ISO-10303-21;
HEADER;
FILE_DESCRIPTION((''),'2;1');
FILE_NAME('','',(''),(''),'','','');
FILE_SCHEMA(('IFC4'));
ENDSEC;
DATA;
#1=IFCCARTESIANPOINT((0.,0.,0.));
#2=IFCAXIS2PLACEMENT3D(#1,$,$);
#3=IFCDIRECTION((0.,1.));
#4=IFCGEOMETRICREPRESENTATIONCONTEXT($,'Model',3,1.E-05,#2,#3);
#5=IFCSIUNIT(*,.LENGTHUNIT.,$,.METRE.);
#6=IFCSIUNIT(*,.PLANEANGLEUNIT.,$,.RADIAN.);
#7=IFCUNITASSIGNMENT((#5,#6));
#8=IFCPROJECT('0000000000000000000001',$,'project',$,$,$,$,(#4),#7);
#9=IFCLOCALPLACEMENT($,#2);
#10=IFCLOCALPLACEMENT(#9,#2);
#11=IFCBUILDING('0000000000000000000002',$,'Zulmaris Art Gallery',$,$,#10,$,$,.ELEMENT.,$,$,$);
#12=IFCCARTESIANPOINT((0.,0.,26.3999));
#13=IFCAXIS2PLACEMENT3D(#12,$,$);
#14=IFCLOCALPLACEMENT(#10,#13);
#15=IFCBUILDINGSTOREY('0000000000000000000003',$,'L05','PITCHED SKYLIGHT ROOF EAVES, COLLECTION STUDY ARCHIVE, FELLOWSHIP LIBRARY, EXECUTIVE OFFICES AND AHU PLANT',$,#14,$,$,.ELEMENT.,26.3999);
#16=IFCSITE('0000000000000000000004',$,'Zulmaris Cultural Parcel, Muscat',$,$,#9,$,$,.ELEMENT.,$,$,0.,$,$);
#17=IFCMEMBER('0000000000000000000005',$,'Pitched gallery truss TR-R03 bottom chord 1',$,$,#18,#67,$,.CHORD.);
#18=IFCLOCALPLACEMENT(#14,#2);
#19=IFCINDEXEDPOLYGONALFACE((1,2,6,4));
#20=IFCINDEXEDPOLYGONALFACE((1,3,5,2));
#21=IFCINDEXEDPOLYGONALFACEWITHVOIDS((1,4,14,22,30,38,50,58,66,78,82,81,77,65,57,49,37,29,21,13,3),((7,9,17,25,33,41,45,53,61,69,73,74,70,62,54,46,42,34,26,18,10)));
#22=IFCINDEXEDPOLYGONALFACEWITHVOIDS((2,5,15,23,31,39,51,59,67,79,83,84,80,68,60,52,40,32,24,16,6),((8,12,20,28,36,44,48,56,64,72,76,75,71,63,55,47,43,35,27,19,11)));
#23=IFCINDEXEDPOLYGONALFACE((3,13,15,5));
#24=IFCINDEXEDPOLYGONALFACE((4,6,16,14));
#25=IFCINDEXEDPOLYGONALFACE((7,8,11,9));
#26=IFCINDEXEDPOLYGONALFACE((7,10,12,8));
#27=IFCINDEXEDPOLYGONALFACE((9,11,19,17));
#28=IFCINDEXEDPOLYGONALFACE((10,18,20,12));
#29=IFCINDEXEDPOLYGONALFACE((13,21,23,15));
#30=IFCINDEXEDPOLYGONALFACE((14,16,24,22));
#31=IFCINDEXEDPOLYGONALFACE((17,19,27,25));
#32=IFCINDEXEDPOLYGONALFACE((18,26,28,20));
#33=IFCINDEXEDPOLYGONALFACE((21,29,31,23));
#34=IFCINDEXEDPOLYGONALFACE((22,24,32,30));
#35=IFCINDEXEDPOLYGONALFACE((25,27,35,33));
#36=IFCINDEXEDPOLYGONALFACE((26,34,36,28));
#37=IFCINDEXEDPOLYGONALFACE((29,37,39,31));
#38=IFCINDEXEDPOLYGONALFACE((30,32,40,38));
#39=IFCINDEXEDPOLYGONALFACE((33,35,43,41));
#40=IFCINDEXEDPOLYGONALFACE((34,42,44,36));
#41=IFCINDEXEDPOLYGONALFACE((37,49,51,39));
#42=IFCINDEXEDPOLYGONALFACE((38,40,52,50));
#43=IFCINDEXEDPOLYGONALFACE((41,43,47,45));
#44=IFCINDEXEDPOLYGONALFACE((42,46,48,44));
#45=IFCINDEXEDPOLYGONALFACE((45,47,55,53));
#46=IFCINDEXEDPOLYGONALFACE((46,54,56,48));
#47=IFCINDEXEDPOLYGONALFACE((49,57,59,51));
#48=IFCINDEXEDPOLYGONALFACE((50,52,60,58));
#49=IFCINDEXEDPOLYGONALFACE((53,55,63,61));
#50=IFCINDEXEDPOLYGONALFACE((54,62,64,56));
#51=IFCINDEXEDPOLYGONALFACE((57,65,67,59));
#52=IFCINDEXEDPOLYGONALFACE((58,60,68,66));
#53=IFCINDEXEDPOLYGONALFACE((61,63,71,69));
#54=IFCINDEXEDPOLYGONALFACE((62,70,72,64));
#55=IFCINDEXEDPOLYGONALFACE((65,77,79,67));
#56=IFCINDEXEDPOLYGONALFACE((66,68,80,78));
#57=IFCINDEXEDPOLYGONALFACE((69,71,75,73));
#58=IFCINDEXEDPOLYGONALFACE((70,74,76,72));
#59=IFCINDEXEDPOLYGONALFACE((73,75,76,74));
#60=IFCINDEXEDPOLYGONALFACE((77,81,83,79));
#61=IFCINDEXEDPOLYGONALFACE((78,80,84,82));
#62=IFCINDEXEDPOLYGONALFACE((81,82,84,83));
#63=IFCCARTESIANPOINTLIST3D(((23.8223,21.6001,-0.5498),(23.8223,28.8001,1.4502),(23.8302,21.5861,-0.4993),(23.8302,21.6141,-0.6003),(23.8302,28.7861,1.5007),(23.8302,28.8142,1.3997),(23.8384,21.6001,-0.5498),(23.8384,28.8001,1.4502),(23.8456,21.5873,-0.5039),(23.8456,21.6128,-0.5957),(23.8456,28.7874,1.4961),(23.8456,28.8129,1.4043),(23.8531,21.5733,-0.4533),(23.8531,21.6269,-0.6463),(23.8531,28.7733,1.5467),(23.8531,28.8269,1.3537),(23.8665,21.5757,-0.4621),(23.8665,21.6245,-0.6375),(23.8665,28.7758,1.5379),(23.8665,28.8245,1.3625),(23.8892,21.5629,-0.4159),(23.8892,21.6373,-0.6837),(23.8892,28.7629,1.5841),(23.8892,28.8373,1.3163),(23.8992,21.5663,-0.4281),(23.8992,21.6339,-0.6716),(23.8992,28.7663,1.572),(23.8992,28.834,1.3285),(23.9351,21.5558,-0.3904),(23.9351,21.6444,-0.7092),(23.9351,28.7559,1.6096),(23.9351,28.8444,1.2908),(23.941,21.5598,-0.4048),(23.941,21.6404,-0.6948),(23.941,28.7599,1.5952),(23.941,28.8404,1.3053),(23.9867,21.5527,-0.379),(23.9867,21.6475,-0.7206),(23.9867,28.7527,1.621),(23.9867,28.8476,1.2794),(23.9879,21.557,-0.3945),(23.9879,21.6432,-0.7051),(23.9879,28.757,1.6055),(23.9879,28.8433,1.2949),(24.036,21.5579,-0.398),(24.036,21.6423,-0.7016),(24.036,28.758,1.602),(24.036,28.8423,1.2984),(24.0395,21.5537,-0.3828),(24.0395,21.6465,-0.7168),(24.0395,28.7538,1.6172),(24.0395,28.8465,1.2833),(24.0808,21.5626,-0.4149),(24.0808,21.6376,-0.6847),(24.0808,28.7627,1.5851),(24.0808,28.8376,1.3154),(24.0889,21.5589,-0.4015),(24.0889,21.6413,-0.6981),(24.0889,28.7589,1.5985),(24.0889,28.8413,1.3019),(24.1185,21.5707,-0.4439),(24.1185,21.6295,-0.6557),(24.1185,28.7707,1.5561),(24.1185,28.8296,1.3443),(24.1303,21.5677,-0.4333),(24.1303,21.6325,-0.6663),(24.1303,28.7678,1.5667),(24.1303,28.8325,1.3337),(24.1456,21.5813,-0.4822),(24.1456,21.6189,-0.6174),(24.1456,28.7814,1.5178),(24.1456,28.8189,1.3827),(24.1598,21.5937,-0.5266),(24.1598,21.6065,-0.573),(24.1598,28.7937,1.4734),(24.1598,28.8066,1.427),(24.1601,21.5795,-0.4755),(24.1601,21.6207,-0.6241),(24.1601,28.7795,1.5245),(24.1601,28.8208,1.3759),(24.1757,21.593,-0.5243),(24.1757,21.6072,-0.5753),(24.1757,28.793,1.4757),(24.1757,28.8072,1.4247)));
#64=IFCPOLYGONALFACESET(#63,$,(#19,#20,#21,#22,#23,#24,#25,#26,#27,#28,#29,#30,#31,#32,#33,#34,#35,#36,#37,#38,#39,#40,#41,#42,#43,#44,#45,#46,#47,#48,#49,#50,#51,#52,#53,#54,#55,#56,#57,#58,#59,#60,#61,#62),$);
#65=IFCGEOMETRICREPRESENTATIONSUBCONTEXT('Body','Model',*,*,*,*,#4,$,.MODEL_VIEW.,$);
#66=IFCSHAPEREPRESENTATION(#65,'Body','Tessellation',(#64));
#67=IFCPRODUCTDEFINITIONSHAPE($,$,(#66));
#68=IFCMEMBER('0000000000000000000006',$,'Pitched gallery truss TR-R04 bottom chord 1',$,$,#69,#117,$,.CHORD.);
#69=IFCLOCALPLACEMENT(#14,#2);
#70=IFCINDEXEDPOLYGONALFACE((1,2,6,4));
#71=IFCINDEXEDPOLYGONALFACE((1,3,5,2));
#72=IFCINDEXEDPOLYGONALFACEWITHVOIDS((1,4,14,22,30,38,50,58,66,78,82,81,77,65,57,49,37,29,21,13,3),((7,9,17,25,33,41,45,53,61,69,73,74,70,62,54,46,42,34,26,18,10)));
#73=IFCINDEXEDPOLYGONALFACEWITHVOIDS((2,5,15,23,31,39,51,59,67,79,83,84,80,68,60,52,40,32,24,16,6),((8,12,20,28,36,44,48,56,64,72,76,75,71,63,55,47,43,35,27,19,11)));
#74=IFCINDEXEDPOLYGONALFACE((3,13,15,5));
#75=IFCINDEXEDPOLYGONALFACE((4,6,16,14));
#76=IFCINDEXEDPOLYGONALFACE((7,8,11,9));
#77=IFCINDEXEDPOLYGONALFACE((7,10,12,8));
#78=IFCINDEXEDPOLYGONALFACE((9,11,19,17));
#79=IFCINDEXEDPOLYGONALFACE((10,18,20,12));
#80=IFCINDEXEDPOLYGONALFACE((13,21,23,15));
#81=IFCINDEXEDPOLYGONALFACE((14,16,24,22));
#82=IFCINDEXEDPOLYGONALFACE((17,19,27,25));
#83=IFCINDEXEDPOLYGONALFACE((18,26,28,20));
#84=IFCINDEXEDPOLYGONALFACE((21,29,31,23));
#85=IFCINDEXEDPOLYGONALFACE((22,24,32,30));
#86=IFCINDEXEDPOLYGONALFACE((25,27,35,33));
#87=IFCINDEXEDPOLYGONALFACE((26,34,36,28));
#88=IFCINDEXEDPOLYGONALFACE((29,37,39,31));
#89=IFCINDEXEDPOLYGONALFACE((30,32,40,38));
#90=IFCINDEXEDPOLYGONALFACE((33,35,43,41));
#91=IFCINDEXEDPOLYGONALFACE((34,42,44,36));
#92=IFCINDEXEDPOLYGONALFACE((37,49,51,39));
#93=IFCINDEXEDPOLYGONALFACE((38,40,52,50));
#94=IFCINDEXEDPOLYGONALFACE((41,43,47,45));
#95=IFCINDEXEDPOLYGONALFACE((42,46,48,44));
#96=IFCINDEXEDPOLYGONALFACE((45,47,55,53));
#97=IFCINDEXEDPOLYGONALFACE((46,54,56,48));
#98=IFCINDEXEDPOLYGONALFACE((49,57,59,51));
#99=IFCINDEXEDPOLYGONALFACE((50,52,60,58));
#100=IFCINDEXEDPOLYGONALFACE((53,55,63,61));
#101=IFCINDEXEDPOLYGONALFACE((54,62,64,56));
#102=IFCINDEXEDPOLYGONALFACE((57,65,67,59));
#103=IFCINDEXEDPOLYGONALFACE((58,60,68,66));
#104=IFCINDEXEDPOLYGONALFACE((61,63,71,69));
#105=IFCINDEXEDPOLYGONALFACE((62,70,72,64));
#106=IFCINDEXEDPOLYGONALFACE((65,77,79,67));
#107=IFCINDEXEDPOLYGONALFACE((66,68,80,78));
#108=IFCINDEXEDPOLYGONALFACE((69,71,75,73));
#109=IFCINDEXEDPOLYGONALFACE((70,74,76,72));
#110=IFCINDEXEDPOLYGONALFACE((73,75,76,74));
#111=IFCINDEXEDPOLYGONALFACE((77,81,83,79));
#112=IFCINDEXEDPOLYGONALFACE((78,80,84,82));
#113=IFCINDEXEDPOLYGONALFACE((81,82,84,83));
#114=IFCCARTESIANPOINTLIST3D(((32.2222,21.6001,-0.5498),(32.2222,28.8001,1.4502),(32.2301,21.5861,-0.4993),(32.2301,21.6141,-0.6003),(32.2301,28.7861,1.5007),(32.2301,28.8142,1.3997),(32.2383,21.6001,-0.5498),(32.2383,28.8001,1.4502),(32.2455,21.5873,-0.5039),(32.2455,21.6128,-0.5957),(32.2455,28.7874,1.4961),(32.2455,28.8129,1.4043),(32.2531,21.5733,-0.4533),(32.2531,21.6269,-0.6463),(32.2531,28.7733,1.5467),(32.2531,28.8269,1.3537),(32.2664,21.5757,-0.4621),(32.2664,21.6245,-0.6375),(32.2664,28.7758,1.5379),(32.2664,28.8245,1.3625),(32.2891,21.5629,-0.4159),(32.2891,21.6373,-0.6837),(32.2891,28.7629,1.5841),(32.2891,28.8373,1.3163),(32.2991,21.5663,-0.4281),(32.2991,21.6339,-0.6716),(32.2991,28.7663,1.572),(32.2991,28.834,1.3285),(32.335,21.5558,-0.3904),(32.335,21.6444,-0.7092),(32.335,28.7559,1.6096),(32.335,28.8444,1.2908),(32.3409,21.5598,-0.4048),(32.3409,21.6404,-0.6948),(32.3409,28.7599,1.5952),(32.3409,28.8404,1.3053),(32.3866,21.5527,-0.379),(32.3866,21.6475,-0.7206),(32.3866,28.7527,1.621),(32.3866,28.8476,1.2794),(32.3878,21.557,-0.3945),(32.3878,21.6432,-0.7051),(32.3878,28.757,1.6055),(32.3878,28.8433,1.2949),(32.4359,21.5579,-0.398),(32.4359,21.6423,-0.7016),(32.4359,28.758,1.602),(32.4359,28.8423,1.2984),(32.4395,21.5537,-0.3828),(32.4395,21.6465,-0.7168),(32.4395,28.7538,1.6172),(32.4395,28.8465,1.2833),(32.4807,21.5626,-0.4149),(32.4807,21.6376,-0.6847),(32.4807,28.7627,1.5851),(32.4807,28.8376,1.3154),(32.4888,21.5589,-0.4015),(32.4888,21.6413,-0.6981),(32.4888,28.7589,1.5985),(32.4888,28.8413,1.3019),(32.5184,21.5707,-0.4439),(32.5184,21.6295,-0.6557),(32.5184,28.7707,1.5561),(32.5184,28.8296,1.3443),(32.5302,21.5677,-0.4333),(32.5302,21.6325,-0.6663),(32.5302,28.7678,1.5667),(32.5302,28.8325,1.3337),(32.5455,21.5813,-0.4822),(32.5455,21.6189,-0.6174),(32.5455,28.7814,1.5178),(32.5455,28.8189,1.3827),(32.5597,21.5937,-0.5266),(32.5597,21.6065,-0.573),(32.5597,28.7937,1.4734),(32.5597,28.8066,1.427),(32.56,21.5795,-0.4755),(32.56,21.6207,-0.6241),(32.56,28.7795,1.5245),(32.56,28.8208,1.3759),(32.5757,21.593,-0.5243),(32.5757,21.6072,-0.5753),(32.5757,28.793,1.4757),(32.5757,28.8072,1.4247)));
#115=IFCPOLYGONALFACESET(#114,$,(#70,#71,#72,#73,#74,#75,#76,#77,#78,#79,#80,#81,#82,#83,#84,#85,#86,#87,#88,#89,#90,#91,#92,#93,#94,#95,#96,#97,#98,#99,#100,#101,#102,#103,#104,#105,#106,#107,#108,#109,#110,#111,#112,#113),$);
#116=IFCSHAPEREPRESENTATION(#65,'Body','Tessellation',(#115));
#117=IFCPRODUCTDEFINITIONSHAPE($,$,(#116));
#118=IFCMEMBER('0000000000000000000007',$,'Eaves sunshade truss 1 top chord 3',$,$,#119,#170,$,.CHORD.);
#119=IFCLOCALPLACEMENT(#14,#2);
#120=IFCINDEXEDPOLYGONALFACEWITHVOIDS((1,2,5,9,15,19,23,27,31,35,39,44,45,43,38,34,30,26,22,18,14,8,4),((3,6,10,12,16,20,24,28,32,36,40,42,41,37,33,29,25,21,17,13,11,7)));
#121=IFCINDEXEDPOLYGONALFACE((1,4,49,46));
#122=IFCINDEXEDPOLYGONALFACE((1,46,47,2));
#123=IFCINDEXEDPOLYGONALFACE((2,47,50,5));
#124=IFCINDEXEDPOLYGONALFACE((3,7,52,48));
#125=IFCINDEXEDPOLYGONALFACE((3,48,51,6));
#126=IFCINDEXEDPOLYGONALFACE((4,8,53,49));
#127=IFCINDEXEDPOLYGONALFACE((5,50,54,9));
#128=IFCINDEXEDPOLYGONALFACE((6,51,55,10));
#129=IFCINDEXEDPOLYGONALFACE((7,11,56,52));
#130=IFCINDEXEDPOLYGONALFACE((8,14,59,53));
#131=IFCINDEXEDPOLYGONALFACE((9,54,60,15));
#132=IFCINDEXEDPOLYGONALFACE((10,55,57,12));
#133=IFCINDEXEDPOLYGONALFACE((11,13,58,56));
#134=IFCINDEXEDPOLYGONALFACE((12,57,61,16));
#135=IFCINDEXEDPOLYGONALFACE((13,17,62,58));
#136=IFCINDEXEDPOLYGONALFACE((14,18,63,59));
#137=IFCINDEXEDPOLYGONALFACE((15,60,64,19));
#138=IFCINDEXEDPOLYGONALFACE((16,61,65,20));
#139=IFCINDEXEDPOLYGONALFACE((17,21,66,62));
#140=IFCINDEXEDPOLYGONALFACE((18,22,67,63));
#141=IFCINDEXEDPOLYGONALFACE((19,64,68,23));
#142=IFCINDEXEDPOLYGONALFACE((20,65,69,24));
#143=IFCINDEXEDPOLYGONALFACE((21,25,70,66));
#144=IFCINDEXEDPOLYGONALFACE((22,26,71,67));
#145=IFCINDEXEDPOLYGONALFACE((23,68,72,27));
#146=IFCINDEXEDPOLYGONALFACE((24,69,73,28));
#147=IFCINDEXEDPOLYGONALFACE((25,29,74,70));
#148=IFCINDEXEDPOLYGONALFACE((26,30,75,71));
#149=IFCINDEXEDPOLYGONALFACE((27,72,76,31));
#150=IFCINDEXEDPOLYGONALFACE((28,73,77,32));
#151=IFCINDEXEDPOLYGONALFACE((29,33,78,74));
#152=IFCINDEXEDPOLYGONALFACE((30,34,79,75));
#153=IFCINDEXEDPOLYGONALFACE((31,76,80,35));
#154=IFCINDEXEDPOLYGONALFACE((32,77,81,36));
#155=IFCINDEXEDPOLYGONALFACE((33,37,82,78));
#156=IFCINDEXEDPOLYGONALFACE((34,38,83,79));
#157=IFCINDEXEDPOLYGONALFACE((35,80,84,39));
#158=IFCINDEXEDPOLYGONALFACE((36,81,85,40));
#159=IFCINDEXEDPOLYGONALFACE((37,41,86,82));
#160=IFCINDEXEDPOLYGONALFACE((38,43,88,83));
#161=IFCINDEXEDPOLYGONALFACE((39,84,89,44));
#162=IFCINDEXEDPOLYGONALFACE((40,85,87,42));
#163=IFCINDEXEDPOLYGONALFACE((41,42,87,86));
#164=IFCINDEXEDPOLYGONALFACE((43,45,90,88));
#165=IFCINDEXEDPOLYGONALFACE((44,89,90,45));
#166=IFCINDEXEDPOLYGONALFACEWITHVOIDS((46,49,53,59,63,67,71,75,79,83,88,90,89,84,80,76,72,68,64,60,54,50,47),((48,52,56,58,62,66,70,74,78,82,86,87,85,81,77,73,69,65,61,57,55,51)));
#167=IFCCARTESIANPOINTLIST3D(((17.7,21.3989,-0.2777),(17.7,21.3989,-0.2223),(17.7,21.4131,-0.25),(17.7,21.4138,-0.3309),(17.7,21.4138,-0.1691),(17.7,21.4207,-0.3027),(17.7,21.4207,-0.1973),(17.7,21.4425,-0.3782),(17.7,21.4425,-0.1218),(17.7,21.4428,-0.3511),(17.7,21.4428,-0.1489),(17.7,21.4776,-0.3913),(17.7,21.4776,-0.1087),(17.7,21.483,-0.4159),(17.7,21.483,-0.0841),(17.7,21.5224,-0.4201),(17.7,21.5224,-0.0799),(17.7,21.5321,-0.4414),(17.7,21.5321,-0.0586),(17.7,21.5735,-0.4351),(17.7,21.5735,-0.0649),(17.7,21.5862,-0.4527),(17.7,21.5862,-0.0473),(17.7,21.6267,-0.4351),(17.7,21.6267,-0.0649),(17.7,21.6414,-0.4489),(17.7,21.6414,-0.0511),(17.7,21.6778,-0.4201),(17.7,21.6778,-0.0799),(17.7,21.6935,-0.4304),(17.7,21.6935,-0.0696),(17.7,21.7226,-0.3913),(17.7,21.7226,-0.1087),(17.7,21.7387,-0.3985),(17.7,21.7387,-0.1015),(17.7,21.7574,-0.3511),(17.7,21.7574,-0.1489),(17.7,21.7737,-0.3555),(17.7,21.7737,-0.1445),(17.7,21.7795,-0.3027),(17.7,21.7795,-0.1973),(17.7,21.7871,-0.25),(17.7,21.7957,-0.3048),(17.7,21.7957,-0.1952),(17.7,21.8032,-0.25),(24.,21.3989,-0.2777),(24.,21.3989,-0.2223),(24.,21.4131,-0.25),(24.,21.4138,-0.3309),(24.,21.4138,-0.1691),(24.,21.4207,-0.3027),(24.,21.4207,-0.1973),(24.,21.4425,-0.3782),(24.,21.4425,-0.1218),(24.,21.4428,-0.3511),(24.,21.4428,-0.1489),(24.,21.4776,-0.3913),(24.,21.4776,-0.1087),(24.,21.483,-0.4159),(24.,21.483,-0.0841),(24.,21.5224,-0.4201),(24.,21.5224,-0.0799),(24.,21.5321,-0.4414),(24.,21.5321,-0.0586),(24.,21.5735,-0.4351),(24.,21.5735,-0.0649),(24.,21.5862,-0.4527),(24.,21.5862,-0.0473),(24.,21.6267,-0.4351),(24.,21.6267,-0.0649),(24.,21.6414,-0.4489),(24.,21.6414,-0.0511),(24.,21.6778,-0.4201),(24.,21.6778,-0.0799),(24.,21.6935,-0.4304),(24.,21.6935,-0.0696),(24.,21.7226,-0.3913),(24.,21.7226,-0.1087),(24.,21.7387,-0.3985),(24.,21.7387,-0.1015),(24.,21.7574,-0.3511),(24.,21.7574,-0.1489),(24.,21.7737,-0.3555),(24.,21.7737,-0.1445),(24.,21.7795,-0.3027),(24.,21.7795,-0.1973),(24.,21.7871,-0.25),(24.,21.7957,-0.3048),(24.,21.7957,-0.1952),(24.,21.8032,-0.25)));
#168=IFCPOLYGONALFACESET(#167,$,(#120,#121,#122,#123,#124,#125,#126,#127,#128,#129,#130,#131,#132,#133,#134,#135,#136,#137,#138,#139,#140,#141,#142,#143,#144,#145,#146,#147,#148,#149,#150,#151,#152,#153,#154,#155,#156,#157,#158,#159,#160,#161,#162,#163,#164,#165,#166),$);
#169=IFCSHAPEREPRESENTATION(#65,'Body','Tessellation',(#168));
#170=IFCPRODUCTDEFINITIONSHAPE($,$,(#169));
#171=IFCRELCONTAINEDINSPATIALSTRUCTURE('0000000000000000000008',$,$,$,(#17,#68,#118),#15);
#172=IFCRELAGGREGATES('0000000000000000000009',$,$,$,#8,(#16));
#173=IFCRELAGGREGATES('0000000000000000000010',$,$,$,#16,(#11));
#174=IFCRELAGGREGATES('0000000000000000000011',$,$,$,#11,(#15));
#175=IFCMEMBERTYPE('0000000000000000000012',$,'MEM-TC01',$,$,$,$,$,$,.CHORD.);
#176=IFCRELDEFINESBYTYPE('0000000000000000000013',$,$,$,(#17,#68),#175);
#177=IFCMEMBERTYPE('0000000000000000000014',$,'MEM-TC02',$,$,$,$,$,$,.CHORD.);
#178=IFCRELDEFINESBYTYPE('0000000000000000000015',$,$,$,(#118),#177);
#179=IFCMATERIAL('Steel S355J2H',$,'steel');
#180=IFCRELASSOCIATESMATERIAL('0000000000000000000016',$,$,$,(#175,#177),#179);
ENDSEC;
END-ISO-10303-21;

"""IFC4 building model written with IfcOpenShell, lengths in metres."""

from ifc_helpers import new_model, si_unit, direction, frame, origin, origin_2d, place, context, subcontext, project, spatial, hollow_circle, extrude, material, material_profile, profile_set, type_object, element, save


model = new_model("IFC4")

# Units and contexts
model_context = context("Model", 3, precision=1e-05, world=origin(), true_north=direction((0.0, 1.0)))
body_context = subcontext(model_context, "Body", "Model", "MODEL_VIEW")
ifc_project = project(units=[si_unit("LENGTHUNIT", "METRE"), si_unit("PLANEANGLEUNIT", "RADIAN")], contexts=[model_context])

# Site, building, storey
site_placement = place(None, origin())
site = spatial("IfcSite", under=ifc_project, at=site_placement, Name="Zulmaris Cultural Parcel, Muscat", CompositionType="ELEMENT", RefElevation=0.0)
building_placement = place(site_placement, origin())
building = spatial("IfcBuilding", under=site, at=building_placement, Name="Zulmaris Art Gallery", CompositionType="ELEMENT")
storey_placement = place(building_placement, frame((0.0, 0.0, 26.3999)))
storey = spatial("IfcBuildingStorey", under=building, at=storey_placement, Name="L05", Description="PITCHED SKYLIGHT ROOF EAVES, COLLECTION STUDY ARCHIVE, FELLOWSHIP LIBRARY, EXECUTIVE OFFICES AND AHU PLANT", CompositionType="ELEMENT", Elevation=26.3999)

# Members
ifc_material_1 = material(Name="Steel S355J2H", Category="steel")
ifc_material_profile_1 = material_profile(ifc_material_1, hollow_circle(Radius=0.1777, WallThickness=0.0161, at=origin_2d()), Name="CHS 355.6x16")
ifc_profile_set_1 = profile_set([ifc_material_profile_1], Name="Steel S355J2H")
member_type_1 = type_object("IfcMemberType", Name="MEM-TC01", PredefinedType="CHORD", material=ifc_profile_set_1)
for number, where, z_axis, x_axis, name in (
    (1, (24.0, 21.6001, -0.5498), (0.0, 0.963517, 0.267646), (-1.0, 0.0, 0.0), "Pitched gallery truss TR-R03 bottom chord 1"),
    (2, (32.3999, 21.6001, -0.5498), (0.0, 0.963517, 0.267646), (-1.0, 0.0, 0.0), "Pitched gallery truss TR-R04 bottom chord 1"),
):
    element("IfcMember", number, at=place(storey_placement, frame(where, z_axis=z_axis, x_axis=x_axis)), inside=storey, type_object=member_type_1, Name=name, PredefinedType="CHORD", context=body_context, shape_type="SweptSolid", body=[
        extrude(hollow_circle(Radius=0.1777, WallThickness=0.0161, at=origin_2d()), origin(), (0.0, 0.0, 1.0), 7.4727),
    ])
ifc_material_profile_2 = material_profile(ifc_material_1, hollow_circle(Radius=0.2031, WallThickness=0.0161, at=origin_2d()), Name="CHS 406.4x16")
ifc_profile_set_2 = profile_set([ifc_material_profile_2], Name="Steel S355J2H")
member_type_2 = type_object("IfcMemberType", Name="MEM-TC02", PredefinedType="CHORD", material=ifc_profile_set_2)
member_1_placement = place(storey_placement, frame((17.7, 21.6001, -0.25), z_axis=(1.0, 0.0, 0.0), x_axis=(0.0, 1.0, 0.0)))
element("IfcMember", 3, at=member_1_placement, inside=storey, type_object=member_type_2, Name="Eaves sunshade truss 1 top chord 3", PredefinedType="CHORD", context=body_context, shape_type="SweptSolid", body=[
    extrude(hollow_circle(Radius=0.2031, WallThickness=0.0161, at=origin_2d()), origin(), (0.0, 0.0, 1.0), 6.3),
])

save(model, "model.ifc")
